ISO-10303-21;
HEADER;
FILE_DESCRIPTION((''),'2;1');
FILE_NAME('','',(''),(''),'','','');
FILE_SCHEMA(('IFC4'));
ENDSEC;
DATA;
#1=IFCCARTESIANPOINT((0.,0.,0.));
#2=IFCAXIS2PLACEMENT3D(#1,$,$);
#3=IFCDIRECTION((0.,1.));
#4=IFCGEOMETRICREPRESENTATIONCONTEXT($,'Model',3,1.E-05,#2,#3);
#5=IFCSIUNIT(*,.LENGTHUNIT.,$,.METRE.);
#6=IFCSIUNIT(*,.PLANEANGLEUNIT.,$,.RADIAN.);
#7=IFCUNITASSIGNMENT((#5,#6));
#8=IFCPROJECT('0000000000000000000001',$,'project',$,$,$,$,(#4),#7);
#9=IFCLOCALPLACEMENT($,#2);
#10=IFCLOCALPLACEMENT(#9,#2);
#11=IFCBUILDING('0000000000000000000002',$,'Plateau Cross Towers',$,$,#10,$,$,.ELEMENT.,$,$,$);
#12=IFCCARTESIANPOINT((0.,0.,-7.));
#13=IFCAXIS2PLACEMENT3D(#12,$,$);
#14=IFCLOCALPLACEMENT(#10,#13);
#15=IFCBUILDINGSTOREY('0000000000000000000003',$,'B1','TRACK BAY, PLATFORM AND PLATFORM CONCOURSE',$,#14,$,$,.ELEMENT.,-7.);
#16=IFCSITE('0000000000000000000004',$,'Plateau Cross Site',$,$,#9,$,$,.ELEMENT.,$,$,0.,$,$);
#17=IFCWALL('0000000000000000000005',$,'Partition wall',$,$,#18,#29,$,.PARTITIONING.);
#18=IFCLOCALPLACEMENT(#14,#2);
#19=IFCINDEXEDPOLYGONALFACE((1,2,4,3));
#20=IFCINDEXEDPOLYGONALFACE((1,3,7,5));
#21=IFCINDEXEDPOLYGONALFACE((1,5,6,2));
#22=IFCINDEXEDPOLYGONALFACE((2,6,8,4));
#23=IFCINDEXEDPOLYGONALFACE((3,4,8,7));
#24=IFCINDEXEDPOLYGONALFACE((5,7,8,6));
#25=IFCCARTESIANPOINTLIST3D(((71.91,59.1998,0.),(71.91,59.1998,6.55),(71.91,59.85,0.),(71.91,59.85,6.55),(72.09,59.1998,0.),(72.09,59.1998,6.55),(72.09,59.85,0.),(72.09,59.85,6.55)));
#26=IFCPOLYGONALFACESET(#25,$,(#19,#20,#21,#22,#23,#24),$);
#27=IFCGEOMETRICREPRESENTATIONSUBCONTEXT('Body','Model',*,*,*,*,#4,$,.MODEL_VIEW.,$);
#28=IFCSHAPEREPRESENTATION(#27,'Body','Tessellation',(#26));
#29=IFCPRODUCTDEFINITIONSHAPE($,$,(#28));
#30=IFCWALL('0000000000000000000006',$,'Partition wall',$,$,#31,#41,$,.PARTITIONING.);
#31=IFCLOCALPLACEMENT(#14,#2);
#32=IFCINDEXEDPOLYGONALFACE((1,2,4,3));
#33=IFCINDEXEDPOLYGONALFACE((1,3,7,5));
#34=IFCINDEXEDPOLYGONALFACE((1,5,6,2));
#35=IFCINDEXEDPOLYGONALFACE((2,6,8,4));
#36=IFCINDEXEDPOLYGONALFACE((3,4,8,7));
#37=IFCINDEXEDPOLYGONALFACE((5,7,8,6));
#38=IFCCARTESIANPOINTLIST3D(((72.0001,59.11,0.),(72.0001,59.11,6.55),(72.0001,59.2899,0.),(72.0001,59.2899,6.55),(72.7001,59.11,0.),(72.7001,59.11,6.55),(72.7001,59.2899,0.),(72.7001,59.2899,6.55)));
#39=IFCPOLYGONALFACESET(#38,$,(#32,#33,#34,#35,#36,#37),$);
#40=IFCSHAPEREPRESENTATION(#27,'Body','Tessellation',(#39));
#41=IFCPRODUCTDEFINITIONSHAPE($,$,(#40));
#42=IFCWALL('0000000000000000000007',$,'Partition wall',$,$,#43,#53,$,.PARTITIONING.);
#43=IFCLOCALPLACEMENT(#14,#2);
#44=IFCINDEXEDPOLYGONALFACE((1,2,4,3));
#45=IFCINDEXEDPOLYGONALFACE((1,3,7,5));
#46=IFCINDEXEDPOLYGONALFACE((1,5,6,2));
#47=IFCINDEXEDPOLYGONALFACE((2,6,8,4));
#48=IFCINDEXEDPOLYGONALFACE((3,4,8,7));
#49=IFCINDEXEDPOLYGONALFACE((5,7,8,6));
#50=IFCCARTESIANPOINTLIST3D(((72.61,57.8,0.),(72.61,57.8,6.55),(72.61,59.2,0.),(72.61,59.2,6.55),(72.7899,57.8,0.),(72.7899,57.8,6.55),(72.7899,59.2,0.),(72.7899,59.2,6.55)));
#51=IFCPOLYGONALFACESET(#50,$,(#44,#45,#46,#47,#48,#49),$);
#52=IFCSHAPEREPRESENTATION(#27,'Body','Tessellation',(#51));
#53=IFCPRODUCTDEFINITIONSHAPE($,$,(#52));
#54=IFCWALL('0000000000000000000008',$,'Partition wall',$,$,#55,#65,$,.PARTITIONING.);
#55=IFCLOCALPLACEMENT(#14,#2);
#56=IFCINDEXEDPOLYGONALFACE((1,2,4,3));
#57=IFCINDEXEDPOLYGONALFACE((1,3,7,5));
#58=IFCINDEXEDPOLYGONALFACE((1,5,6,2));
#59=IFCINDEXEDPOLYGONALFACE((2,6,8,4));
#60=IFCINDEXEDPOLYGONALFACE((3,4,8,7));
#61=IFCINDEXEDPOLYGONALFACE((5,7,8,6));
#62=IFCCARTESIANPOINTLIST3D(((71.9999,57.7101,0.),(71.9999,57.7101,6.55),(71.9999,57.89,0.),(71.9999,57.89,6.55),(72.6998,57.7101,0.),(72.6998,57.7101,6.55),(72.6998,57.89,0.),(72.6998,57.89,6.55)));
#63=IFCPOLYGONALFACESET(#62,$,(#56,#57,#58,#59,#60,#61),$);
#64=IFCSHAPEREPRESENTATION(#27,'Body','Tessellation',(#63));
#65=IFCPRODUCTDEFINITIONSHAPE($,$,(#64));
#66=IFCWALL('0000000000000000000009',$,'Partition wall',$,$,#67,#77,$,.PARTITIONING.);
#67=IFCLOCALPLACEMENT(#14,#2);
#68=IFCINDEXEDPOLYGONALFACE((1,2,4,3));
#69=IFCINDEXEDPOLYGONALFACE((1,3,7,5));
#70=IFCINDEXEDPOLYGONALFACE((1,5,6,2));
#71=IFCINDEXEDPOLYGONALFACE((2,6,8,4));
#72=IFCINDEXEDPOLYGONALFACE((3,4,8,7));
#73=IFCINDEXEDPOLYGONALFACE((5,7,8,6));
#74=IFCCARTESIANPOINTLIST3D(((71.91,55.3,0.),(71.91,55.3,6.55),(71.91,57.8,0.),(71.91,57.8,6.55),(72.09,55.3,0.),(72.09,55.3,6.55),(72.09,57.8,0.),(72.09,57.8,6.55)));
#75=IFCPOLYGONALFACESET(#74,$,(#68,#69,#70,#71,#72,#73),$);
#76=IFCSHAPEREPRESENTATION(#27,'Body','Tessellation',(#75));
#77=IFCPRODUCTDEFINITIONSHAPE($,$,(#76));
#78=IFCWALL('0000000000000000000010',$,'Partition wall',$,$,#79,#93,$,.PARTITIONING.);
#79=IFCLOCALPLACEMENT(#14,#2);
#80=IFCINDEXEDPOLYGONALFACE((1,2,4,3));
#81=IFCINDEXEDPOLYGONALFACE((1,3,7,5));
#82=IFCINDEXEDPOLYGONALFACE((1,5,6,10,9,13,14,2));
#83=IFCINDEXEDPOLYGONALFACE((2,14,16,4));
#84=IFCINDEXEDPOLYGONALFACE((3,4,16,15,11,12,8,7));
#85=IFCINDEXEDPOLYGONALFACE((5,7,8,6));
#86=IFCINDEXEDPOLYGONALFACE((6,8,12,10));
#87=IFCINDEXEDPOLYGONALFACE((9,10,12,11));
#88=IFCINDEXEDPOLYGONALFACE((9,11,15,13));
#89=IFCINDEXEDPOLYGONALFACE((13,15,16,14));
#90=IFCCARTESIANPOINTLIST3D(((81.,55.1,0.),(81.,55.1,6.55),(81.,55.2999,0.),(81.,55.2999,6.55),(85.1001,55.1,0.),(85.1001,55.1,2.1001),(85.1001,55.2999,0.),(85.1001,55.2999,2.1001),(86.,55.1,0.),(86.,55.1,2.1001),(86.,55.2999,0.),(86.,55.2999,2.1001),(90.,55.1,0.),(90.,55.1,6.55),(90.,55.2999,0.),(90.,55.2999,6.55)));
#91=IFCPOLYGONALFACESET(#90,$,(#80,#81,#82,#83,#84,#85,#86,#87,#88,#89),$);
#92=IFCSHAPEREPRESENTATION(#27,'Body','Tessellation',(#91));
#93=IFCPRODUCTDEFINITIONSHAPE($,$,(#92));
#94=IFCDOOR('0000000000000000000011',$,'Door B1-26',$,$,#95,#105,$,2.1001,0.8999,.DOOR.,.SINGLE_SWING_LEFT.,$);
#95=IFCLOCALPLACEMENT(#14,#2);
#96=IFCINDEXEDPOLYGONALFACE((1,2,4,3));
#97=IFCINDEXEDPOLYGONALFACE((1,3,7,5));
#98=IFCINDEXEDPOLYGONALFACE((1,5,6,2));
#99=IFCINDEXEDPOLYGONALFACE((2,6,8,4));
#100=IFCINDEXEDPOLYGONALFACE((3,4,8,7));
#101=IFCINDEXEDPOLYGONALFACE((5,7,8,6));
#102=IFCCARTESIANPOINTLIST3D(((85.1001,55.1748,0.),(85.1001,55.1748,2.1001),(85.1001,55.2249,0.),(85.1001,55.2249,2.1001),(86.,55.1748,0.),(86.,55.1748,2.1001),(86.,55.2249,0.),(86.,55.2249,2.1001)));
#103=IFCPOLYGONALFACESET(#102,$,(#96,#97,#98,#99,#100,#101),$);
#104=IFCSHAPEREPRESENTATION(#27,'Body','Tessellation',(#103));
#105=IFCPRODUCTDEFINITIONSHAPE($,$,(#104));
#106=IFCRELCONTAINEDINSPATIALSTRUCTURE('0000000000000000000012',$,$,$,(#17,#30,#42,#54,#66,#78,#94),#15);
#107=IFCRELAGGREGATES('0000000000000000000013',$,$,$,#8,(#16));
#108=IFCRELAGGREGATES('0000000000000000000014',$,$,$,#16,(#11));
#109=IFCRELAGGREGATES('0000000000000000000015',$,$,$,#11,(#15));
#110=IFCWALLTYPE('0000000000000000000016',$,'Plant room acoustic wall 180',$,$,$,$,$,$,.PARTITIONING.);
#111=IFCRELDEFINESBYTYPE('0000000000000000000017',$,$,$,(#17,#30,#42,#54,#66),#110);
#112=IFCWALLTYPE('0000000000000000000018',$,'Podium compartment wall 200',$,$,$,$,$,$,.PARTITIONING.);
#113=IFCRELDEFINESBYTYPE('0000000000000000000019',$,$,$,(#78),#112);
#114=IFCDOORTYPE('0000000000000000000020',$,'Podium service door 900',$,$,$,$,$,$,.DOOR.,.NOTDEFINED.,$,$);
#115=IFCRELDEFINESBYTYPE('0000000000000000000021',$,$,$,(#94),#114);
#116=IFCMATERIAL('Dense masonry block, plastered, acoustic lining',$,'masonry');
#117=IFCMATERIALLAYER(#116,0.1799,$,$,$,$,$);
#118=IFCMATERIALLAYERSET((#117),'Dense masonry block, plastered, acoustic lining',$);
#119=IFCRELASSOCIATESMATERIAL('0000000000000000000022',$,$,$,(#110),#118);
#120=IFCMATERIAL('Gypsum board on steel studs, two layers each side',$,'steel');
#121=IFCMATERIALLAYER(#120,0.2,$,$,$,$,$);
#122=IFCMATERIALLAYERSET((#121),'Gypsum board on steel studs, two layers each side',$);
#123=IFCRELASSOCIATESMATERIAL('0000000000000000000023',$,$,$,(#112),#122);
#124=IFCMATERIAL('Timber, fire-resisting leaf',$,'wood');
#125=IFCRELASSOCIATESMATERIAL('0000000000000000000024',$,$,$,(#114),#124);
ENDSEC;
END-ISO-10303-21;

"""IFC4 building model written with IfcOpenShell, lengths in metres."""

from ifc_helpers import new_model, si_unit, direction, frame, frame_2d, origin, place, context, subcontext, project, spatial, rectangle, extrude, material, layer, layer_set, type_object, element, fill, save


model = new_model("IFC4")

# Units and contexts
model_context = context("Model", 3, precision=1e-05, world=origin(), true_north=direction((0.0, 1.0)))
body_context = subcontext(model_context, "Body", "Model", "MODEL_VIEW")
ifc_project = project(units=[si_unit("LENGTHUNIT", "METRE"), si_unit("PLANEANGLEUNIT", "RADIAN")], contexts=[model_context])

# Site, building, storey
site_placement = place(None, origin())
site = spatial("IfcSite", under=ifc_project, at=site_placement, Name="Plateau Cross Site", CompositionType="ELEMENT", RefElevation=0.0)
building_placement = place(site_placement, origin())
building = spatial("IfcBuilding", under=site, at=building_placement, Name="Plateau Cross Towers", CompositionType="ELEMENT")
storey_placement = place(building_placement, frame((0.0, 0.0, -7.0)))
storey = spatial("IfcBuildingStorey", under=building, at=storey_placement, Name="B1", Description="TRACK BAY, PLATFORM AND PLATFORM CONCOURSE", CompositionType="ELEMENT", Elevation=-7.0)

# Walls
ifc_material_1 = material(Name="Dense masonry block, plastered, acoustic lining", Category="masonry")
ifc_layer_1 = layer(ifc_material_1, 0.1799)
ifc_layer_set_1 = layer_set([ifc_layer_1], Name="Dense masonry block, plastered, acoustic lining")
wall_type_1 = type_object("IfcWallType", Name="Plant room acoustic wall 180", PredefinedType="PARTITIONING", material=ifc_layer_set_1)
wall_1_placement = place(storey_placement, frame((72.0, 59.8501, 0.0), z_axis=(0.0, 0.0, 1.0), x_axis=(0.0, -1.0, 0.0)))
element("IfcWall", 1, at=wall_1_placement, inside=storey, type_object=wall_type_1, Name="Partition wall", PredefinedType="PARTITIONING", context=body_context, shape_type="SweptSolid", body=[
    extrude(rectangle(XDim=0.6501, YDim=0.1799, at=frame_2d((0.3252, 0.0))), origin(), (0.0, 0.0, 1.0), 6.55),
])
wall_2_placement = place(storey_placement, frame((72.0, 59.2, 0.0), z_axis=(0.0, 0.0, 1.0), x_axis=(1.0, 0.0, 0.0)))
element("IfcWall", 2, at=wall_2_placement, inside=storey, type_object=wall_type_1, Name="Partition wall", PredefinedType="PARTITIONING", context=body_context, shape_type="SweptSolid", body=[
    extrude(rectangle(XDim=0.7, YDim=0.1799, at=frame_2d((0.3501, 0.0))), origin(), (0.0, 0.0, 1.0), 6.55),
])
wall_3_placement = place(storey_placement, frame((72.7, 59.2, 0.0), z_axis=(0.0, 0.0, 1.0), x_axis=(0.0, -1.0, 0.0)))
element("IfcWall", 3, at=wall_3_placement, inside=storey, type_object=wall_type_1, Name="Partition wall", PredefinedType="PARTITIONING", context=body_context, shape_type="SweptSolid", body=[
    extrude(rectangle(XDim=1.3999, YDim=0.1799, at=frame_2d((0.7, 0.0))), origin(), (0.0, 0.0, 1.0), 6.55),
])
wall_4_placement = place(storey_placement, frame((72.7, 57.8, 0.0), z_axis=(0.0, 0.0, 1.0), x_axis=(-1.0, 0.0, 0.0)))
element("IfcWall", 4, at=wall_4_placement, inside=storey, type_object=wall_type_1, Name="Partition wall", PredefinedType="PARTITIONING", context=body_context, shape_type="SweptSolid", body=[
    extrude(rectangle(XDim=0.7, YDim=0.1799, at=frame_2d((0.3501, 0.0))), origin(), (0.0, 0.0, 1.0), 6.55),
])
wall_5_placement = place(storey_placement, frame((72.0, 57.8, 0.0), z_axis=(0.0, 0.0, 1.0), x_axis=(0.0, -1.0, 0.0)))
element("IfcWall", 5, at=wall_5_placement, inside=storey, type_object=wall_type_1, Name="Partition wall", PredefinedType="PARTITIONING", context=body_context, shape_type="SweptSolid", body=[
    extrude(rectangle(XDim=2.5, YDim=0.1799, at=frame_2d((1.25, 0.0))), origin(), (0.0, 0.0, 1.0), 6.55),
])

# Wall, opening, door
ifc_material_2 = material(Name="Gypsum board on steel studs, two layers each side", Category="steel")
ifc_layer_2 = layer(ifc_material_2, 0.2)
ifc_layer_set_2 = layer_set([ifc_layer_2], Name="Gypsum board on steel studs, two layers each side")
wall_type_2 = type_object("IfcWallType", Name="Podium compartment wall 200", PredefinedType="PARTITIONING", material=ifc_layer_set_2)
wall_6_placement = place(storey_placement, frame((81.0, 55.2, 0.0), z_axis=(0.0, 0.0, 1.0), x_axis=(1.0, 0.0, 0.0)))
wall_6 = element("IfcWall", 6, at=wall_6_placement, inside=storey, type_object=wall_type_2, Name="Partition wall", PredefinedType="PARTITIONING", context=body_context, shape_type="SweptSolid", body=[
    extrude(rectangle(XDim=9.0, YDim=0.2, at=frame_2d((4.5, 0.0))), origin(), (0.0, 0.0, 1.0), 6.55),
])
opening_placement = place(wall_6_placement, frame((4.1001, 0.0, 0.0)))
opening = element("IfcOpeningElement", 7, at=opening_placement, cuts=wall_6, PredefinedType="OPENING", context=body_context, shape_type="SweptSolid", body=[
    extrude(rectangle(XDim=0.8999, YDim=2.1001, at=frame_2d((0.45, 1.05))), frame((0.0, 0.1099, 0.0), z_axis=(0.0, -1.0, 0.0), x_axis=(1.0, 0.0, 0.0)), (0.0, 0.0, 1.0), 0.22),
])
ifc_material_3 = material(Name="Timber, fire-resisting leaf", Category="wood")
door_type = type_object("IfcDoorType", Name="Podium service door 900", OperationType="NOTDEFINED", PredefinedType="DOOR", material=ifc_material_3)
door_placement = place(opening_placement, origin())
door = element("IfcDoor", 8, at=door_placement, inside=storey, type_object=door_type, Name="Door B1-26", OperationType="SINGLE_SWING_LEFT", OverallHeight=2.1001, OverallWidth=0.8999, PredefinedType="DOOR", context=body_context, shape_type="SweptSolid", body=[
    extrude(rectangle(XDim=0.8999, YDim=2.1001, at=frame_2d((0.45, 1.05))), frame((0.0, 0.0249, 0.0), z_axis=(0.0, -1.0, 0.0), x_axis=(1.0, 0.0, 0.0)), (0.0, 0.0, 1.0), 0.05),
])
fill(opening, door)

save(model, "model.ifc")
